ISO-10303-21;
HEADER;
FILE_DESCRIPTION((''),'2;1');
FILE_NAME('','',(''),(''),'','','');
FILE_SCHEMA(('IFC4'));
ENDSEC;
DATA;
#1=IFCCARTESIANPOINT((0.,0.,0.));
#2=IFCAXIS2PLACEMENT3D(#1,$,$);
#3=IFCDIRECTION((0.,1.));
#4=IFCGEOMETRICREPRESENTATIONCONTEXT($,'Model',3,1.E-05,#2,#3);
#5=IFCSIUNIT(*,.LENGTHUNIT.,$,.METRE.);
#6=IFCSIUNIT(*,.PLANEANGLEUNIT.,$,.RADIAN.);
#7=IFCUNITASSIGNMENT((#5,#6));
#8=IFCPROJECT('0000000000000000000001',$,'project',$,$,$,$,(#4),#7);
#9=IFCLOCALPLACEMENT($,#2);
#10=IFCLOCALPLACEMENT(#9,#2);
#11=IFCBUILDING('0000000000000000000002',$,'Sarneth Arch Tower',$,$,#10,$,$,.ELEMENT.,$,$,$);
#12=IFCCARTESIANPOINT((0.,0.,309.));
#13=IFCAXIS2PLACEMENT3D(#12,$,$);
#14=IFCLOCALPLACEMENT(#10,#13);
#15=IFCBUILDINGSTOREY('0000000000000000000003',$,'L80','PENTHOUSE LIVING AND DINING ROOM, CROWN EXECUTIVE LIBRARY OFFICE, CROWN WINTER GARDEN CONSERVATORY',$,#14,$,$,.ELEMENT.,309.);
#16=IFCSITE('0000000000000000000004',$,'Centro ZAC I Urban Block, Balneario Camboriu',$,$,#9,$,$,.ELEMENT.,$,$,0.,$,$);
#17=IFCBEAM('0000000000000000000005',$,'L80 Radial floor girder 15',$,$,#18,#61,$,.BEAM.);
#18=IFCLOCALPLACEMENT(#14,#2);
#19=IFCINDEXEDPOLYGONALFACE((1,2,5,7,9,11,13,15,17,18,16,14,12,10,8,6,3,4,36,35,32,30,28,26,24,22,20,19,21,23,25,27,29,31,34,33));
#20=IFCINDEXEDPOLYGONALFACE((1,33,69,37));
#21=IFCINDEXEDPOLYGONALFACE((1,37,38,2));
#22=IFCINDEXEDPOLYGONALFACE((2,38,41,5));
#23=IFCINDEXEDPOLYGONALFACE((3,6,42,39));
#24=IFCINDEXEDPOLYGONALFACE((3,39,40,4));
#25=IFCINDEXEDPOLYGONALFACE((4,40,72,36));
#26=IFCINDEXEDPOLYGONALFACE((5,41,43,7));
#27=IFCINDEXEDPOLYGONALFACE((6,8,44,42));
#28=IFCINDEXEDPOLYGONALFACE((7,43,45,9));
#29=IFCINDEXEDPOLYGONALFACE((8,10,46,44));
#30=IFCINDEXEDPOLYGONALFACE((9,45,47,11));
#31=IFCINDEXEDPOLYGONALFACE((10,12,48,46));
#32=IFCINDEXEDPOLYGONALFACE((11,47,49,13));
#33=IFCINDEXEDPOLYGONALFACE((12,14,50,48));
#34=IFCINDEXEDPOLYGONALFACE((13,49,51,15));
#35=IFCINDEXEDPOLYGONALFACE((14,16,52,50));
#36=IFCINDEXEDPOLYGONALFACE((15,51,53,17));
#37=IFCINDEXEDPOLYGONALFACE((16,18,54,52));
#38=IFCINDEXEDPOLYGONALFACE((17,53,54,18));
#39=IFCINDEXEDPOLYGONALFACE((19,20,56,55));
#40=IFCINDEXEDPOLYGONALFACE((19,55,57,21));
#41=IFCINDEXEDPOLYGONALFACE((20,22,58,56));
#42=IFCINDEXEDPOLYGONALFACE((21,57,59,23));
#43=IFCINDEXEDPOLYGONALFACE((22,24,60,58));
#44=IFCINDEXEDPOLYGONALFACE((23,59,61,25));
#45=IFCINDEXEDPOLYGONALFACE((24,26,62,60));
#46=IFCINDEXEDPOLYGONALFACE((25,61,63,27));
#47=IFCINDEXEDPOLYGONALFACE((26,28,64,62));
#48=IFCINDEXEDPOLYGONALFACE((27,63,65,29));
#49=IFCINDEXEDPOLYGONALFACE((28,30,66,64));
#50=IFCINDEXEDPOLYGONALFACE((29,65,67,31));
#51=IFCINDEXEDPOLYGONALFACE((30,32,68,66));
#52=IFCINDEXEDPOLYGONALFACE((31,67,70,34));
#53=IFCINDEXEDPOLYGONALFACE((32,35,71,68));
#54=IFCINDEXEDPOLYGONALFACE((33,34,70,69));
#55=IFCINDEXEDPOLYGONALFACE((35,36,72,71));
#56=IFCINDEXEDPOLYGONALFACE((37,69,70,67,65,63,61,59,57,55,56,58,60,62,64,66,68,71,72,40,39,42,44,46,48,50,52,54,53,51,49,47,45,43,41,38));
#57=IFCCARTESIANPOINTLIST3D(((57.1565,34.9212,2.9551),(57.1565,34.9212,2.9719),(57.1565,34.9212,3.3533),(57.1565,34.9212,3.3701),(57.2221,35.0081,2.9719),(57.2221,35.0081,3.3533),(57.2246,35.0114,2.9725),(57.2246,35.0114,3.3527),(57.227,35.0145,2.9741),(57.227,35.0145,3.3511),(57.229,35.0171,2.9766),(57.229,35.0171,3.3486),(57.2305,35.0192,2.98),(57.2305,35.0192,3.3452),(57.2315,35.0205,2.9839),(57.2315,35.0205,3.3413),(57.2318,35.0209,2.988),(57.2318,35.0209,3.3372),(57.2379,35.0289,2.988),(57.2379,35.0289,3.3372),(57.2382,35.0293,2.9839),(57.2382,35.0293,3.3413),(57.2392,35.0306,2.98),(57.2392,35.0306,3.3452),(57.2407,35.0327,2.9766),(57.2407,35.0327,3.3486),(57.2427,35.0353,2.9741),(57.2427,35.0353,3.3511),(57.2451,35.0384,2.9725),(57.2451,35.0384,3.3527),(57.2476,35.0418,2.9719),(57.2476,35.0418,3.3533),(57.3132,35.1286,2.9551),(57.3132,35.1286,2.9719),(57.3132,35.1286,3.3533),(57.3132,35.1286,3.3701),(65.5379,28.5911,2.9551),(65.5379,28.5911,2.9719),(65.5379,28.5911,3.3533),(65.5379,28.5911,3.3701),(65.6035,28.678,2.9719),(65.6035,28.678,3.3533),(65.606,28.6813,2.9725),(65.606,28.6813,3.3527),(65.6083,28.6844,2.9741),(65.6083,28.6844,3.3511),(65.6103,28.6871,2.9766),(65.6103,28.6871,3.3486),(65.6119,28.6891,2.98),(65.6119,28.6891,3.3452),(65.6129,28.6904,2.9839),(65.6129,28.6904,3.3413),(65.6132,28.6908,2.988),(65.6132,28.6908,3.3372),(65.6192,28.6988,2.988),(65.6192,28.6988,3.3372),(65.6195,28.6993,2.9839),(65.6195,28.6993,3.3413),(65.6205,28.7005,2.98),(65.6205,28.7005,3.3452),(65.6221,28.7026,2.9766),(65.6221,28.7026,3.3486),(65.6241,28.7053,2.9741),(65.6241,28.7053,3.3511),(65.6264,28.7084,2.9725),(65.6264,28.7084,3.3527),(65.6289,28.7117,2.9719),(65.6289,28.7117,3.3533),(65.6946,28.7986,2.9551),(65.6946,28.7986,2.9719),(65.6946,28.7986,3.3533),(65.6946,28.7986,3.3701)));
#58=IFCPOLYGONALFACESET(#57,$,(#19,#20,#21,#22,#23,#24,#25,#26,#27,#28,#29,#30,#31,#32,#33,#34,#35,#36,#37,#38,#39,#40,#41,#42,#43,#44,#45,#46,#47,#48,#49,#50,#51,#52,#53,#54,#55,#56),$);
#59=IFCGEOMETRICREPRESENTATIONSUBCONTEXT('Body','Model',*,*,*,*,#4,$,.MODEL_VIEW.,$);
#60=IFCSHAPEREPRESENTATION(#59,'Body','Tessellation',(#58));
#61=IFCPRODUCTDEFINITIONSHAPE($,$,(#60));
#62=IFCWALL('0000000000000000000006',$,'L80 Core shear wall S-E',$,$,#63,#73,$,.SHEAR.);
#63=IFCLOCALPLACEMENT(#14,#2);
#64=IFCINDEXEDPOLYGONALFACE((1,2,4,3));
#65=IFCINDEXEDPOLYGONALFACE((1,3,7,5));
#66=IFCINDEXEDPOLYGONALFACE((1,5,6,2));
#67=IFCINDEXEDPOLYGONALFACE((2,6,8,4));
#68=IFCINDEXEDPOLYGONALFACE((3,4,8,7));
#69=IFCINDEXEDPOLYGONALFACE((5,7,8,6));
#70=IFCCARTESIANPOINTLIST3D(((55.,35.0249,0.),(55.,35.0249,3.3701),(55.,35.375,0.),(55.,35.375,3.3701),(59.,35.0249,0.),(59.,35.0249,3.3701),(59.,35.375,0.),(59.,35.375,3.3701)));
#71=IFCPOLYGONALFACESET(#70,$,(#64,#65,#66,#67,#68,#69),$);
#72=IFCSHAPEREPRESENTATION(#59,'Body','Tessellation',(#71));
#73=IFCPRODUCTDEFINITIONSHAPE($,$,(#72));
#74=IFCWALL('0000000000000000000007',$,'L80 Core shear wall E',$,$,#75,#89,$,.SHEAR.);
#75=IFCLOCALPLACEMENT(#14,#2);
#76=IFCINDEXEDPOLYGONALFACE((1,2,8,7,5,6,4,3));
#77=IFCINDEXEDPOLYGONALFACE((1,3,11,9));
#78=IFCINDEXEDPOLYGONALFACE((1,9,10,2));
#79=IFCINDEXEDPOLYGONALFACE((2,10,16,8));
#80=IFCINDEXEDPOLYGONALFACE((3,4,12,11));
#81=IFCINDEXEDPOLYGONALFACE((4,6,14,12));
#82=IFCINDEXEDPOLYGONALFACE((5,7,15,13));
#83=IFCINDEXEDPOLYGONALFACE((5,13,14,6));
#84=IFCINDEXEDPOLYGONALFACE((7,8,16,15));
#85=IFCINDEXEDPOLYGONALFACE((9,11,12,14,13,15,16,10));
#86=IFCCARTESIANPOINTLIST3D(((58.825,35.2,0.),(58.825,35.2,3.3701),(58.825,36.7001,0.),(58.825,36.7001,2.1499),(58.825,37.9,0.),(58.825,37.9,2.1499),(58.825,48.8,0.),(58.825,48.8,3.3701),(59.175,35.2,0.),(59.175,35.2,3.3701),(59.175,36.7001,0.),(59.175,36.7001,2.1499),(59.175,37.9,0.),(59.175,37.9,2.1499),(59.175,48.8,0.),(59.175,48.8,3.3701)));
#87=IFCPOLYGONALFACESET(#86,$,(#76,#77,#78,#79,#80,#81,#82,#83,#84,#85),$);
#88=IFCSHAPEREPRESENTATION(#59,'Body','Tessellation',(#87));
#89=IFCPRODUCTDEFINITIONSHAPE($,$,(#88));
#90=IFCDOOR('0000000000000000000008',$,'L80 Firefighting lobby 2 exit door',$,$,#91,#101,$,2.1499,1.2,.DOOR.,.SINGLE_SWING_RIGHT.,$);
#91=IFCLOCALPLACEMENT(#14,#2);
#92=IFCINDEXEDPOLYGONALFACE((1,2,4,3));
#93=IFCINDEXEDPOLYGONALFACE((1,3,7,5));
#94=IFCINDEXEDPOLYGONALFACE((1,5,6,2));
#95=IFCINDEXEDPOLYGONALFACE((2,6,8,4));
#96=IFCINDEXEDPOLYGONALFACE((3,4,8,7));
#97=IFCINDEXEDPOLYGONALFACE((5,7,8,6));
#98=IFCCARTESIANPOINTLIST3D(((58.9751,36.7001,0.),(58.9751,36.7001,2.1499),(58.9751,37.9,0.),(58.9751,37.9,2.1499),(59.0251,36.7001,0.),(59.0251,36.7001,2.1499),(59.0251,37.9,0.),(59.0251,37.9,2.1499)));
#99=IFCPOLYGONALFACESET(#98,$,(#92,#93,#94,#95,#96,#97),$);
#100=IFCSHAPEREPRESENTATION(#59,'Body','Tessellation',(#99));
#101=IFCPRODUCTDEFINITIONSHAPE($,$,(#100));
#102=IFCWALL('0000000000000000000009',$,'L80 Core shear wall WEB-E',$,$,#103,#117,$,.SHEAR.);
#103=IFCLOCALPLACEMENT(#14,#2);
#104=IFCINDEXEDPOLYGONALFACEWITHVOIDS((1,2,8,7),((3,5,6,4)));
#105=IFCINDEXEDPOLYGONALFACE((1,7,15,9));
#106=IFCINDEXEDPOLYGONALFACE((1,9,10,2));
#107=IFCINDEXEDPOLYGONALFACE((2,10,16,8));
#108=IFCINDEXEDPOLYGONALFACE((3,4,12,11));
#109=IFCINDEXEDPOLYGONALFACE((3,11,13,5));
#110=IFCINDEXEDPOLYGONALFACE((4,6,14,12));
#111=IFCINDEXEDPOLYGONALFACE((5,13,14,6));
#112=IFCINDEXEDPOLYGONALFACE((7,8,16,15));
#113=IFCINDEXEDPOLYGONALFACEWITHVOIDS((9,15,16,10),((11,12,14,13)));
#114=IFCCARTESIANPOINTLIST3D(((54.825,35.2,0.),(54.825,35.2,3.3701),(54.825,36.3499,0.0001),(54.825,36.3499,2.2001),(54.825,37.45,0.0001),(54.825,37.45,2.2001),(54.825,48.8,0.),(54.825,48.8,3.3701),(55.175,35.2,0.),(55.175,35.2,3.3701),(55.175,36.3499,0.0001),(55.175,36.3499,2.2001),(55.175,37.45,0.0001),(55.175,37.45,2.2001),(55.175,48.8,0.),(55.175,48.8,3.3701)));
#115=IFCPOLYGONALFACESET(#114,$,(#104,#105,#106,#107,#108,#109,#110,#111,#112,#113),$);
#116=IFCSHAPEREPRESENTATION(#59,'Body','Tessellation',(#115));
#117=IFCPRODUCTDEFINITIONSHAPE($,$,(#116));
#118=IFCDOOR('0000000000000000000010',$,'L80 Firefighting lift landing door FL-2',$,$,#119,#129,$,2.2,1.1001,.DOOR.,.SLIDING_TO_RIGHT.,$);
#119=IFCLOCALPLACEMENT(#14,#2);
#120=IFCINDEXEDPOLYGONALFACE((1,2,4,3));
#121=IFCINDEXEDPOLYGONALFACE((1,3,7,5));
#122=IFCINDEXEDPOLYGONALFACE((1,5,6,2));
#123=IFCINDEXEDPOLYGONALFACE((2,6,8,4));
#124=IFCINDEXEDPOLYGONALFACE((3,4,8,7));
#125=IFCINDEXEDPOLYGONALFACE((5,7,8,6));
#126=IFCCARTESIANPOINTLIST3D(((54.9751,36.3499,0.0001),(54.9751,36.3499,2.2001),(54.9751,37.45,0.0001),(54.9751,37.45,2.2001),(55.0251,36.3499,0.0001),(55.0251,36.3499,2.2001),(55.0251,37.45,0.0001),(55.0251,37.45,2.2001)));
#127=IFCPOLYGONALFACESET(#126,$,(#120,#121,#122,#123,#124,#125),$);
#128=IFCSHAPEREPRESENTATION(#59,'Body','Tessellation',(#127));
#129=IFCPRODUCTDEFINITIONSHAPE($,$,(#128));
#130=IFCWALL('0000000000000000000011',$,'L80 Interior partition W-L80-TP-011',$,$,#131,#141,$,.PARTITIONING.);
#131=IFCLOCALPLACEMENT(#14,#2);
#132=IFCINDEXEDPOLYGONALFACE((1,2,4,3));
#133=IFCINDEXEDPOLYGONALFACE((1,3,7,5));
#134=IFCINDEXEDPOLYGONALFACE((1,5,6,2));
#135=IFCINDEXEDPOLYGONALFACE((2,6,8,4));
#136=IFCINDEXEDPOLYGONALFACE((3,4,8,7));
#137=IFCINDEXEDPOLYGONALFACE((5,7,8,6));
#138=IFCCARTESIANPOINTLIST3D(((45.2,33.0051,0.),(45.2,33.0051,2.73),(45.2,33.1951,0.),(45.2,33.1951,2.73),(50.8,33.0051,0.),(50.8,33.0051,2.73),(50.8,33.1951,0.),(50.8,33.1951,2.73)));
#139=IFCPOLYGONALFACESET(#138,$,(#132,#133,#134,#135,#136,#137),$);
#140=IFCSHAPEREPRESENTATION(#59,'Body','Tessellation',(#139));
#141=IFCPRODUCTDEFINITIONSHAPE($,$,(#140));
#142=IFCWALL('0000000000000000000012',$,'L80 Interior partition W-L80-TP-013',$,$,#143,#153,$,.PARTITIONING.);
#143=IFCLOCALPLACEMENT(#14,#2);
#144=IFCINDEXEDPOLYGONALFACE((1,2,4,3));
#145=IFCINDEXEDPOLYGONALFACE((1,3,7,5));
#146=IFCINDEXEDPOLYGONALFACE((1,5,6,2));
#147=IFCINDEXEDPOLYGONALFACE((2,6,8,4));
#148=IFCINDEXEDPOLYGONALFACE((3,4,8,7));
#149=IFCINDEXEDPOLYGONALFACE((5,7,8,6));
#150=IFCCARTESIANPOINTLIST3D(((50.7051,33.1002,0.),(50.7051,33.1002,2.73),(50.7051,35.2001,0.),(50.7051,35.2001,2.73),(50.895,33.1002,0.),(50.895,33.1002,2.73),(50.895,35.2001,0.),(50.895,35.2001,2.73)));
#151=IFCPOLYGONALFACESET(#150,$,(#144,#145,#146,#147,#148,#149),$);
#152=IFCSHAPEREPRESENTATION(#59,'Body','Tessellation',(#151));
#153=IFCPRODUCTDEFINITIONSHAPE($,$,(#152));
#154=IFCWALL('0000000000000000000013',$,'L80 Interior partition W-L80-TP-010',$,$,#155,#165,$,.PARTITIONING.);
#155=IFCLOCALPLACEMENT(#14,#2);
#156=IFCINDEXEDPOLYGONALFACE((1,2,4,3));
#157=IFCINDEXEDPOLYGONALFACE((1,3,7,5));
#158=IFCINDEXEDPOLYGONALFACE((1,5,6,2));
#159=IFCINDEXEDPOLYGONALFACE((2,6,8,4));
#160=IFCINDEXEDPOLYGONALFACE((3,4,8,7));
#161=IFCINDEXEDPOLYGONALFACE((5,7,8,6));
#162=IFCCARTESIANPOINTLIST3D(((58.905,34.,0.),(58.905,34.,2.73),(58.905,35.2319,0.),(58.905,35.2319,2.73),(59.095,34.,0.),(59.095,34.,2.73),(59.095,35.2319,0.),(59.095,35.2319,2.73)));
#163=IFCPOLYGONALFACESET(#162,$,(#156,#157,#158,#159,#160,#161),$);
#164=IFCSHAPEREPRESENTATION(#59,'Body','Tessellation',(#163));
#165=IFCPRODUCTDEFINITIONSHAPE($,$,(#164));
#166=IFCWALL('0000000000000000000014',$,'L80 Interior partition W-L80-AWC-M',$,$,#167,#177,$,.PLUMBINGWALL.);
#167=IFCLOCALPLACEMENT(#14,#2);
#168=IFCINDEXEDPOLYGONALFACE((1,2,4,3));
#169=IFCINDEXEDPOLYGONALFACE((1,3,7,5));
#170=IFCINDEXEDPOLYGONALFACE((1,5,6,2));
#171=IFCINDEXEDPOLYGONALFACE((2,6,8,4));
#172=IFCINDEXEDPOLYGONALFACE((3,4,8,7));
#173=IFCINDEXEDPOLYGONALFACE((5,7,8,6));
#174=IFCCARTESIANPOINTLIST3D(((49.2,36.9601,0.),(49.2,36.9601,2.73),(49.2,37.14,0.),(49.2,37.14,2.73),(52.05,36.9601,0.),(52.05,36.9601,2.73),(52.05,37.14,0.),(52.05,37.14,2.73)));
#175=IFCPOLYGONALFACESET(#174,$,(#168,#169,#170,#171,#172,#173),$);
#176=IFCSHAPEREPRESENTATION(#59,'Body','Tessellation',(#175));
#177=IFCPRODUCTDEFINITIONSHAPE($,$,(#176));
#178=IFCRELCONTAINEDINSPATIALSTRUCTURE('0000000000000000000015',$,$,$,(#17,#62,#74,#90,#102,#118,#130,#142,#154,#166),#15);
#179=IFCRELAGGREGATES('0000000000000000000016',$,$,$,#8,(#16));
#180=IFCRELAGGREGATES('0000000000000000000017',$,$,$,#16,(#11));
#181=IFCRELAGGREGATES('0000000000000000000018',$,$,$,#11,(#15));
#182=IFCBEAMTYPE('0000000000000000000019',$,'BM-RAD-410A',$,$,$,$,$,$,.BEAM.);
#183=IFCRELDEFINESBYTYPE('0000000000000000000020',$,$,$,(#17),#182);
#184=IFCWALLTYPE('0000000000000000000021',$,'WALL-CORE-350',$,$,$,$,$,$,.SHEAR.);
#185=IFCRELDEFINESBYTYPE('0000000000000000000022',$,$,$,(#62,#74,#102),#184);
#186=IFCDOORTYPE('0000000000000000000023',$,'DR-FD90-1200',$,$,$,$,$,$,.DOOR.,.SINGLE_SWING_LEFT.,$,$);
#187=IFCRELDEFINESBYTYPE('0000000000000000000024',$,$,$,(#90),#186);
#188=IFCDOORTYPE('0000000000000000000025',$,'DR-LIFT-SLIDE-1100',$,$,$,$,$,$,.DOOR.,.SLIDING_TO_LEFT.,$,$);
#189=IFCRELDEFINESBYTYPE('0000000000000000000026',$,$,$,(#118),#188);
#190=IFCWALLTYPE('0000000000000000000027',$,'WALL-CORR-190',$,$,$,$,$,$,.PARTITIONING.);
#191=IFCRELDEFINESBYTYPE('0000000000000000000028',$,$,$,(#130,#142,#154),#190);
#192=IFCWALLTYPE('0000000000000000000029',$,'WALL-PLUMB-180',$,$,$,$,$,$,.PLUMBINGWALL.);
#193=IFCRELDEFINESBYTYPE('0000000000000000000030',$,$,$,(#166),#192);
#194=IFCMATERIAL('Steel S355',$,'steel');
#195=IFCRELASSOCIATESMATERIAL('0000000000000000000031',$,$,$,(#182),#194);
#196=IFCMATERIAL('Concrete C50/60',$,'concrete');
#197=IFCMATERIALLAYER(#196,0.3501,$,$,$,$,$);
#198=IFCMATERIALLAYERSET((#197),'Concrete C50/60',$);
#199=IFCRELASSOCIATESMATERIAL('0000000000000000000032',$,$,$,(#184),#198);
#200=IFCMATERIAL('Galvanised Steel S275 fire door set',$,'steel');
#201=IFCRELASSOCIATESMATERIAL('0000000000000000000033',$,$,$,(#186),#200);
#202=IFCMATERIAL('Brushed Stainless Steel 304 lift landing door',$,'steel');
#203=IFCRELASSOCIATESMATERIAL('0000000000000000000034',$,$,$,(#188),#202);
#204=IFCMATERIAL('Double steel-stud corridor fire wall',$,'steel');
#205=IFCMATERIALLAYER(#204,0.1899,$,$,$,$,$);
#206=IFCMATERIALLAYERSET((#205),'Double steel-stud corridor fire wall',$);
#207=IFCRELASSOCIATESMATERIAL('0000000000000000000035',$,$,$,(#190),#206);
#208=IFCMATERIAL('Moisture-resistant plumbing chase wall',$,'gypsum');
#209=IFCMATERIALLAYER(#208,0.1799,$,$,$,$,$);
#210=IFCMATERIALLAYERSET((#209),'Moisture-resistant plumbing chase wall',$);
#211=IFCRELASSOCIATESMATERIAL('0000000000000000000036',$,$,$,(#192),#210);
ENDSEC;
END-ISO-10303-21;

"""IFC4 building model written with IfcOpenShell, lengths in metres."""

from ifc_helpers import new_model, si_unit, direction, frame, frame_2d, origin, origin_2d, place, context, subcontext, project, spatial, rectangle, i_section, extrude, material, layer, layer_set, material_profile, profile_set, type_object, element, fill, save


model = new_model("IFC4")

# Units and contexts
model_context = context("Model", 3, precision=1e-05, world=origin(), true_north=direction((0.0, 1.0)))
body_context = subcontext(model_context, "Body", "Model", "MODEL_VIEW")
ifc_project = project(units=[si_unit("LENGTHUNIT", "METRE"), si_unit("PLANEANGLEUNIT", "RADIAN")], contexts=[model_context])

# Site, building, storey
site_placement = place(None, origin())
site = spatial("IfcSite", under=ifc_project, at=site_placement, Name="Centro ZAC I Urban Block, Balneario Camboriu", CompositionType="ELEMENT", RefElevation=0.0)
building_placement = place(site_placement, origin())
building = spatial("IfcBuilding", under=site, at=building_placement, Name="Sarneth Arch Tower", CompositionType="ELEMENT")
storey_placement = place(building_placement, frame((0.0, 0.0, 309.0)))
storey = spatial("IfcBuildingStorey", under=building, at=storey_placement, Name="L80", Description="PENTHOUSE LIVING AND DINING ROOM, CROWN EXECUTIVE LIBRARY OFFICE, CROWN WINTER GARDEN CONSERVATORY", CompositionType="ELEMENT", Elevation=309.0)

# Beam
ifc_material_1 = material(Name="Steel S355", Category="steel")
ifc_material_profile_1 = material_profile(ifc_material_1, i_section(OverallWidth=0.26, OverallDepth=0.415, WebThickness=0.01, FlangeThickness=0.0168, FilletRadius=0.0161, at=origin_2d()), Name="W410x100")
ifc_profile_set_1 = profile_set([ifc_material_profile_1], Name="Steel S355")
beam_type_1 = type_object("IfcBeamType", Name="BM-RAD-410A", PredefinedType="BEAM", material=ifc_profile_set_1)
beam_1_placement = place(storey_placement, frame((57.2349, 35.0249, 3.1626), z_axis=(0.797982, -0.602682, 0.0), x_axis=(0.602682, 0.797982, 0.0)))
element("IfcBeam", 1, at=beam_1_placement, inside=storey, type_object=beam_type_1, Name="L80 Radial floor girder 15", PredefinedType="BEAM", context=body_context, shape_type="SweptSolid", body=[
    extrude(i_section(OverallWidth=0.26, OverallDepth=0.415, WebThickness=0.01, FlangeThickness=0.0168, FilletRadius=0.0161, at=origin_2d()), origin(), (0.0, 0.0, 1.0), 10.5032),
])

# Wall
ifc_material_2 = material(Name="Concrete C50/60", Category="concrete")
ifc_layer_1 = layer(ifc_material_2, 0.3501)
ifc_layer_set_1 = layer_set([ifc_layer_1], Name="Concrete C50/60")
wall_type_1 = type_object("IfcWallType", Name="WALL-CORE-350", PredefinedType="SHEAR", material=ifc_layer_set_1)
wall_1_placement = place(storey_placement, frame((55.0, 35.2, 0.0), z_axis=(0.0, 0.0, 1.0), x_axis=(1.0, 0.0, 0.0)))
element("IfcWall", 2, at=wall_1_placement, inside=storey, type_object=wall_type_1, Name="L80 Core shear wall S-E", PredefinedType="SHEAR", context=body_context, shape_type="SweptSolid", body=[
    extrude(rectangle(XDim=4.0, YDim=0.3501, at=frame_2d((2.0, 0.0))), origin(), (0.0, 0.0, 1.0), 3.3701),
])

# Walls, openings, doors
wall_2_placement = place(storey_placement, frame((59.0, 35.2, 0.0), z_axis=(0.0, 0.0, 1.0), x_axis=(0.0, 1.0, 0.0)))
wall_2 = element("IfcWall", 3, at=wall_2_placement, inside=storey, type_object=wall_type_1, Name="L80 Core shear wall E", PredefinedType="SHEAR", context=body_context, shape_type="SweptSolid", body=[
    extrude(rectangle(XDim=13.6001, YDim=0.3501, at=frame_2d((6.8, 0.0))), origin(), (0.0, 0.0, 1.0), 3.3701),
])
opening_1_placement = place(wall_2_placement, frame((1.5, 0.0, 0.0)))
opening_1 = element("IfcOpeningElement", 4, at=opening_1_placement, cuts=wall_2, PredefinedType="OPENING", context=body_context, shape_type="SweptSolid", body=[
    extrude(rectangle(XDim=1.2, YDim=2.1499, at=frame_2d((0.6001, 1.075))), frame((0.0, 0.1851, 0.0), z_axis=(0.0, -1.0, 0.0), x_axis=(1.0, 0.0, 0.0)), (0.0, 0.0, 1.0), 0.3701),
])
ifc_material_3 = material(Name="Galvanised Steel S275 fire door set", Category="steel")
door_type_1 = type_object("IfcDoorType", Name="DR-FD90-1200", OperationType="SINGLE_SWING_LEFT", PredefinedType="DOOR", material=ifc_material_3)
door_1_placement = place(opening_1_placement, origin())
door_1 = element("IfcDoor", 5, at=door_1_placement, inside=storey, type_object=door_type_1, Name="L80 Firefighting lobby 2 exit door", OperationType="SINGLE_SWING_RIGHT", OverallHeight=2.1499, OverallWidth=1.2, PredefinedType="DOOR", context=body_context, shape_type="SweptSolid", body=[
    extrude(rectangle(XDim=1.2, YDim=2.1499, at=frame_2d((0.6001, 1.075))), frame((0.0, 0.0249, 0.0), z_axis=(0.0, -1.0, 0.0), x_axis=(1.0, 0.0, 0.0)), (0.0, 0.0, 1.0), 0.05),
])
fill(opening_1, door_1)
wall_3_placement = place(storey_placement, frame((55.0, 35.2, 0.0), z_axis=(0.0, 0.0, 1.0), x_axis=(0.0, 1.0, 0.0)))
wall_3 = element("IfcWall", 6, at=wall_3_placement, inside=storey, type_object=wall_type_1, Name="L80 Core shear wall WEB-E", PredefinedType="SHEAR", context=body_context, shape_type="SweptSolid", body=[
    extrude(rectangle(XDim=13.6001, YDim=0.3501, at=frame_2d((6.8, 0.0))), origin(), (0.0, 0.0, 1.0), 3.3701),
])
opening_2_placement = place(wall_3_placement, frame((1.1499, 0.0, 0.0)))
opening_2 = element("IfcOpeningElement", 7, at=opening_2_placement, cuts=wall_3, PredefinedType="OPENING", context=body_context, shape_type="SweptSolid", body=[
    extrude(rectangle(XDim=1.1001, YDim=2.2, at=frame_2d((0.55, 1.1001))), frame((0.0, 0.1851, 0.0), z_axis=(0.0, -1.0, 0.0), x_axis=(1.0, 0.0, 0.0)), (0.0, 0.0, 1.0), 0.3701),
])
ifc_material_4 = material(Name="Brushed Stainless Steel 304 lift landing door", Category="steel")
door_type_2 = type_object("IfcDoorType", Name="DR-LIFT-SLIDE-1100", OperationType="SLIDING_TO_LEFT", PredefinedType="DOOR", material=ifc_material_4)
door_2_placement = place(opening_2_placement, origin())
door_2 = element("IfcDoor", 8, at=door_2_placement, inside=storey, type_object=door_type_2, Name="L80 Firefighting lift landing door FL-2", OperationType="SLIDING_TO_RIGHT", OverallHeight=2.2, OverallWidth=1.1001, PredefinedType="DOOR", context=body_context, shape_type="SweptSolid", body=[
    extrude(rectangle(XDim=1.1001, YDim=2.2, at=frame_2d((0.55, 1.1001))), frame((0.0, 0.0249, 0.0), z_axis=(0.0, -1.0, 0.0), x_axis=(1.0, 0.0, 0.0)), (0.0, 0.0, 1.0), 0.05),
])
fill(opening_2, door_2)

# Walls
ifc_material_5 = material(Name="Double steel-stud corridor fire wall", Category="steel")
ifc_layer_2 = layer(ifc_material_5, 0.1899)
ifc_layer_set_2 = layer_set([ifc_layer_2], Name="Double steel-stud corridor fire wall")
wall_type_2 = type_object("IfcWallType", Name="WALL-CORR-190", PredefinedType="PARTITIONING", material=ifc_layer_set_2)
wall_4_placement = place(storey_placement, frame((50.8, 33.1001, 0.0), z_axis=(0.0, 0.0, 1.0), x_axis=(-1.0, 0.0, 0.0)))
element("IfcWall", 9, at=wall_4_placement, inside=storey, type_object=wall_type_2, Name="L80 Interior partition W-L80-TP-011", PredefinedType="PARTITIONING", context=body_context, shape_type="SweptSolid", body=[
    extrude(rectangle(XDim=5.6001, YDim=0.1899, at=frame_2d((2.8, 0.0))), origin(), (0.0, 0.0, 1.0), 2.73),
])
wall_5_placement = place(storey_placement, frame((50.8, 35.2, 0.0), z_axis=(0.0, 0.0, 1.0), x_axis=(0.0, -1.0, 0.0)))
element("IfcWall", 10, at=wall_5_placement, inside=storey, type_object=wall_type_2, Name="L80 Interior partition W-L80-TP-013", PredefinedType="PARTITIONING", context=body_context, shape_type="SweptSolid", body=[
    extrude(rectangle(XDim=2.0999, YDim=0.1899, at=frame_2d((1.0498, 0.0))), origin(), (0.0, 0.0, 1.0), 2.73),
])
wall_6_placement = place(storey_placement, frame((59.0, 34.0, 0.0), z_axis=(0.0, 0.0, 1.0), x_axis=(0.0, 1.0, 0.0)))
element("IfcWall", 11, at=wall_6_placement, inside=storey, type_object=wall_type_2, Name="L80 Interior partition W-L80-TP-010", PredefinedType="PARTITIONING", context=body_context, shape_type="SweptSolid", body=[
    extrude(rectangle(XDim=1.2319, YDim=0.1899, at=frame_2d((0.616, 0.0))), origin(), (0.0, 0.0, 1.0), 2.73),
])

# Wall
ifc_material_6 = material(Name="Moisture-resistant plumbing chase wall", Category="gypsum")
ifc_layer_3 = layer(ifc_material_6, 0.1799)
ifc_layer_set_3 = layer_set([ifc_layer_3], Name="Moisture-resistant plumbing chase wall")
wall_type_3 = type_object("IfcWallType", Name="WALL-PLUMB-180", PredefinedType="PLUMBINGWALL", material=ifc_layer_set_3)
for number, where, z_axis, x_axis, name in (
    (12, (49.2, 37.05, 0.0), (0.0, 0.0, 1.0), (1.0, 0.0, 0.0), "L80 Interior partition W-L80-AWC-M"),
):
    element("IfcWall", number, at=place(storey_placement, frame(where, z_axis=z_axis, x_axis=x_axis)), inside=storey, type_object=wall_type_3, Name=name, PredefinedType="PLUMBINGWALL", context=body_context, shape_type="SweptSolid", body=[
        extrude(rectangle(XDim=2.8501, YDim=0.1799, at=frame_2d((1.425, 0.0))), origin(), (0.0, 0.0, 1.0), 2.73),
    ])

save(model, "model.ifc")
